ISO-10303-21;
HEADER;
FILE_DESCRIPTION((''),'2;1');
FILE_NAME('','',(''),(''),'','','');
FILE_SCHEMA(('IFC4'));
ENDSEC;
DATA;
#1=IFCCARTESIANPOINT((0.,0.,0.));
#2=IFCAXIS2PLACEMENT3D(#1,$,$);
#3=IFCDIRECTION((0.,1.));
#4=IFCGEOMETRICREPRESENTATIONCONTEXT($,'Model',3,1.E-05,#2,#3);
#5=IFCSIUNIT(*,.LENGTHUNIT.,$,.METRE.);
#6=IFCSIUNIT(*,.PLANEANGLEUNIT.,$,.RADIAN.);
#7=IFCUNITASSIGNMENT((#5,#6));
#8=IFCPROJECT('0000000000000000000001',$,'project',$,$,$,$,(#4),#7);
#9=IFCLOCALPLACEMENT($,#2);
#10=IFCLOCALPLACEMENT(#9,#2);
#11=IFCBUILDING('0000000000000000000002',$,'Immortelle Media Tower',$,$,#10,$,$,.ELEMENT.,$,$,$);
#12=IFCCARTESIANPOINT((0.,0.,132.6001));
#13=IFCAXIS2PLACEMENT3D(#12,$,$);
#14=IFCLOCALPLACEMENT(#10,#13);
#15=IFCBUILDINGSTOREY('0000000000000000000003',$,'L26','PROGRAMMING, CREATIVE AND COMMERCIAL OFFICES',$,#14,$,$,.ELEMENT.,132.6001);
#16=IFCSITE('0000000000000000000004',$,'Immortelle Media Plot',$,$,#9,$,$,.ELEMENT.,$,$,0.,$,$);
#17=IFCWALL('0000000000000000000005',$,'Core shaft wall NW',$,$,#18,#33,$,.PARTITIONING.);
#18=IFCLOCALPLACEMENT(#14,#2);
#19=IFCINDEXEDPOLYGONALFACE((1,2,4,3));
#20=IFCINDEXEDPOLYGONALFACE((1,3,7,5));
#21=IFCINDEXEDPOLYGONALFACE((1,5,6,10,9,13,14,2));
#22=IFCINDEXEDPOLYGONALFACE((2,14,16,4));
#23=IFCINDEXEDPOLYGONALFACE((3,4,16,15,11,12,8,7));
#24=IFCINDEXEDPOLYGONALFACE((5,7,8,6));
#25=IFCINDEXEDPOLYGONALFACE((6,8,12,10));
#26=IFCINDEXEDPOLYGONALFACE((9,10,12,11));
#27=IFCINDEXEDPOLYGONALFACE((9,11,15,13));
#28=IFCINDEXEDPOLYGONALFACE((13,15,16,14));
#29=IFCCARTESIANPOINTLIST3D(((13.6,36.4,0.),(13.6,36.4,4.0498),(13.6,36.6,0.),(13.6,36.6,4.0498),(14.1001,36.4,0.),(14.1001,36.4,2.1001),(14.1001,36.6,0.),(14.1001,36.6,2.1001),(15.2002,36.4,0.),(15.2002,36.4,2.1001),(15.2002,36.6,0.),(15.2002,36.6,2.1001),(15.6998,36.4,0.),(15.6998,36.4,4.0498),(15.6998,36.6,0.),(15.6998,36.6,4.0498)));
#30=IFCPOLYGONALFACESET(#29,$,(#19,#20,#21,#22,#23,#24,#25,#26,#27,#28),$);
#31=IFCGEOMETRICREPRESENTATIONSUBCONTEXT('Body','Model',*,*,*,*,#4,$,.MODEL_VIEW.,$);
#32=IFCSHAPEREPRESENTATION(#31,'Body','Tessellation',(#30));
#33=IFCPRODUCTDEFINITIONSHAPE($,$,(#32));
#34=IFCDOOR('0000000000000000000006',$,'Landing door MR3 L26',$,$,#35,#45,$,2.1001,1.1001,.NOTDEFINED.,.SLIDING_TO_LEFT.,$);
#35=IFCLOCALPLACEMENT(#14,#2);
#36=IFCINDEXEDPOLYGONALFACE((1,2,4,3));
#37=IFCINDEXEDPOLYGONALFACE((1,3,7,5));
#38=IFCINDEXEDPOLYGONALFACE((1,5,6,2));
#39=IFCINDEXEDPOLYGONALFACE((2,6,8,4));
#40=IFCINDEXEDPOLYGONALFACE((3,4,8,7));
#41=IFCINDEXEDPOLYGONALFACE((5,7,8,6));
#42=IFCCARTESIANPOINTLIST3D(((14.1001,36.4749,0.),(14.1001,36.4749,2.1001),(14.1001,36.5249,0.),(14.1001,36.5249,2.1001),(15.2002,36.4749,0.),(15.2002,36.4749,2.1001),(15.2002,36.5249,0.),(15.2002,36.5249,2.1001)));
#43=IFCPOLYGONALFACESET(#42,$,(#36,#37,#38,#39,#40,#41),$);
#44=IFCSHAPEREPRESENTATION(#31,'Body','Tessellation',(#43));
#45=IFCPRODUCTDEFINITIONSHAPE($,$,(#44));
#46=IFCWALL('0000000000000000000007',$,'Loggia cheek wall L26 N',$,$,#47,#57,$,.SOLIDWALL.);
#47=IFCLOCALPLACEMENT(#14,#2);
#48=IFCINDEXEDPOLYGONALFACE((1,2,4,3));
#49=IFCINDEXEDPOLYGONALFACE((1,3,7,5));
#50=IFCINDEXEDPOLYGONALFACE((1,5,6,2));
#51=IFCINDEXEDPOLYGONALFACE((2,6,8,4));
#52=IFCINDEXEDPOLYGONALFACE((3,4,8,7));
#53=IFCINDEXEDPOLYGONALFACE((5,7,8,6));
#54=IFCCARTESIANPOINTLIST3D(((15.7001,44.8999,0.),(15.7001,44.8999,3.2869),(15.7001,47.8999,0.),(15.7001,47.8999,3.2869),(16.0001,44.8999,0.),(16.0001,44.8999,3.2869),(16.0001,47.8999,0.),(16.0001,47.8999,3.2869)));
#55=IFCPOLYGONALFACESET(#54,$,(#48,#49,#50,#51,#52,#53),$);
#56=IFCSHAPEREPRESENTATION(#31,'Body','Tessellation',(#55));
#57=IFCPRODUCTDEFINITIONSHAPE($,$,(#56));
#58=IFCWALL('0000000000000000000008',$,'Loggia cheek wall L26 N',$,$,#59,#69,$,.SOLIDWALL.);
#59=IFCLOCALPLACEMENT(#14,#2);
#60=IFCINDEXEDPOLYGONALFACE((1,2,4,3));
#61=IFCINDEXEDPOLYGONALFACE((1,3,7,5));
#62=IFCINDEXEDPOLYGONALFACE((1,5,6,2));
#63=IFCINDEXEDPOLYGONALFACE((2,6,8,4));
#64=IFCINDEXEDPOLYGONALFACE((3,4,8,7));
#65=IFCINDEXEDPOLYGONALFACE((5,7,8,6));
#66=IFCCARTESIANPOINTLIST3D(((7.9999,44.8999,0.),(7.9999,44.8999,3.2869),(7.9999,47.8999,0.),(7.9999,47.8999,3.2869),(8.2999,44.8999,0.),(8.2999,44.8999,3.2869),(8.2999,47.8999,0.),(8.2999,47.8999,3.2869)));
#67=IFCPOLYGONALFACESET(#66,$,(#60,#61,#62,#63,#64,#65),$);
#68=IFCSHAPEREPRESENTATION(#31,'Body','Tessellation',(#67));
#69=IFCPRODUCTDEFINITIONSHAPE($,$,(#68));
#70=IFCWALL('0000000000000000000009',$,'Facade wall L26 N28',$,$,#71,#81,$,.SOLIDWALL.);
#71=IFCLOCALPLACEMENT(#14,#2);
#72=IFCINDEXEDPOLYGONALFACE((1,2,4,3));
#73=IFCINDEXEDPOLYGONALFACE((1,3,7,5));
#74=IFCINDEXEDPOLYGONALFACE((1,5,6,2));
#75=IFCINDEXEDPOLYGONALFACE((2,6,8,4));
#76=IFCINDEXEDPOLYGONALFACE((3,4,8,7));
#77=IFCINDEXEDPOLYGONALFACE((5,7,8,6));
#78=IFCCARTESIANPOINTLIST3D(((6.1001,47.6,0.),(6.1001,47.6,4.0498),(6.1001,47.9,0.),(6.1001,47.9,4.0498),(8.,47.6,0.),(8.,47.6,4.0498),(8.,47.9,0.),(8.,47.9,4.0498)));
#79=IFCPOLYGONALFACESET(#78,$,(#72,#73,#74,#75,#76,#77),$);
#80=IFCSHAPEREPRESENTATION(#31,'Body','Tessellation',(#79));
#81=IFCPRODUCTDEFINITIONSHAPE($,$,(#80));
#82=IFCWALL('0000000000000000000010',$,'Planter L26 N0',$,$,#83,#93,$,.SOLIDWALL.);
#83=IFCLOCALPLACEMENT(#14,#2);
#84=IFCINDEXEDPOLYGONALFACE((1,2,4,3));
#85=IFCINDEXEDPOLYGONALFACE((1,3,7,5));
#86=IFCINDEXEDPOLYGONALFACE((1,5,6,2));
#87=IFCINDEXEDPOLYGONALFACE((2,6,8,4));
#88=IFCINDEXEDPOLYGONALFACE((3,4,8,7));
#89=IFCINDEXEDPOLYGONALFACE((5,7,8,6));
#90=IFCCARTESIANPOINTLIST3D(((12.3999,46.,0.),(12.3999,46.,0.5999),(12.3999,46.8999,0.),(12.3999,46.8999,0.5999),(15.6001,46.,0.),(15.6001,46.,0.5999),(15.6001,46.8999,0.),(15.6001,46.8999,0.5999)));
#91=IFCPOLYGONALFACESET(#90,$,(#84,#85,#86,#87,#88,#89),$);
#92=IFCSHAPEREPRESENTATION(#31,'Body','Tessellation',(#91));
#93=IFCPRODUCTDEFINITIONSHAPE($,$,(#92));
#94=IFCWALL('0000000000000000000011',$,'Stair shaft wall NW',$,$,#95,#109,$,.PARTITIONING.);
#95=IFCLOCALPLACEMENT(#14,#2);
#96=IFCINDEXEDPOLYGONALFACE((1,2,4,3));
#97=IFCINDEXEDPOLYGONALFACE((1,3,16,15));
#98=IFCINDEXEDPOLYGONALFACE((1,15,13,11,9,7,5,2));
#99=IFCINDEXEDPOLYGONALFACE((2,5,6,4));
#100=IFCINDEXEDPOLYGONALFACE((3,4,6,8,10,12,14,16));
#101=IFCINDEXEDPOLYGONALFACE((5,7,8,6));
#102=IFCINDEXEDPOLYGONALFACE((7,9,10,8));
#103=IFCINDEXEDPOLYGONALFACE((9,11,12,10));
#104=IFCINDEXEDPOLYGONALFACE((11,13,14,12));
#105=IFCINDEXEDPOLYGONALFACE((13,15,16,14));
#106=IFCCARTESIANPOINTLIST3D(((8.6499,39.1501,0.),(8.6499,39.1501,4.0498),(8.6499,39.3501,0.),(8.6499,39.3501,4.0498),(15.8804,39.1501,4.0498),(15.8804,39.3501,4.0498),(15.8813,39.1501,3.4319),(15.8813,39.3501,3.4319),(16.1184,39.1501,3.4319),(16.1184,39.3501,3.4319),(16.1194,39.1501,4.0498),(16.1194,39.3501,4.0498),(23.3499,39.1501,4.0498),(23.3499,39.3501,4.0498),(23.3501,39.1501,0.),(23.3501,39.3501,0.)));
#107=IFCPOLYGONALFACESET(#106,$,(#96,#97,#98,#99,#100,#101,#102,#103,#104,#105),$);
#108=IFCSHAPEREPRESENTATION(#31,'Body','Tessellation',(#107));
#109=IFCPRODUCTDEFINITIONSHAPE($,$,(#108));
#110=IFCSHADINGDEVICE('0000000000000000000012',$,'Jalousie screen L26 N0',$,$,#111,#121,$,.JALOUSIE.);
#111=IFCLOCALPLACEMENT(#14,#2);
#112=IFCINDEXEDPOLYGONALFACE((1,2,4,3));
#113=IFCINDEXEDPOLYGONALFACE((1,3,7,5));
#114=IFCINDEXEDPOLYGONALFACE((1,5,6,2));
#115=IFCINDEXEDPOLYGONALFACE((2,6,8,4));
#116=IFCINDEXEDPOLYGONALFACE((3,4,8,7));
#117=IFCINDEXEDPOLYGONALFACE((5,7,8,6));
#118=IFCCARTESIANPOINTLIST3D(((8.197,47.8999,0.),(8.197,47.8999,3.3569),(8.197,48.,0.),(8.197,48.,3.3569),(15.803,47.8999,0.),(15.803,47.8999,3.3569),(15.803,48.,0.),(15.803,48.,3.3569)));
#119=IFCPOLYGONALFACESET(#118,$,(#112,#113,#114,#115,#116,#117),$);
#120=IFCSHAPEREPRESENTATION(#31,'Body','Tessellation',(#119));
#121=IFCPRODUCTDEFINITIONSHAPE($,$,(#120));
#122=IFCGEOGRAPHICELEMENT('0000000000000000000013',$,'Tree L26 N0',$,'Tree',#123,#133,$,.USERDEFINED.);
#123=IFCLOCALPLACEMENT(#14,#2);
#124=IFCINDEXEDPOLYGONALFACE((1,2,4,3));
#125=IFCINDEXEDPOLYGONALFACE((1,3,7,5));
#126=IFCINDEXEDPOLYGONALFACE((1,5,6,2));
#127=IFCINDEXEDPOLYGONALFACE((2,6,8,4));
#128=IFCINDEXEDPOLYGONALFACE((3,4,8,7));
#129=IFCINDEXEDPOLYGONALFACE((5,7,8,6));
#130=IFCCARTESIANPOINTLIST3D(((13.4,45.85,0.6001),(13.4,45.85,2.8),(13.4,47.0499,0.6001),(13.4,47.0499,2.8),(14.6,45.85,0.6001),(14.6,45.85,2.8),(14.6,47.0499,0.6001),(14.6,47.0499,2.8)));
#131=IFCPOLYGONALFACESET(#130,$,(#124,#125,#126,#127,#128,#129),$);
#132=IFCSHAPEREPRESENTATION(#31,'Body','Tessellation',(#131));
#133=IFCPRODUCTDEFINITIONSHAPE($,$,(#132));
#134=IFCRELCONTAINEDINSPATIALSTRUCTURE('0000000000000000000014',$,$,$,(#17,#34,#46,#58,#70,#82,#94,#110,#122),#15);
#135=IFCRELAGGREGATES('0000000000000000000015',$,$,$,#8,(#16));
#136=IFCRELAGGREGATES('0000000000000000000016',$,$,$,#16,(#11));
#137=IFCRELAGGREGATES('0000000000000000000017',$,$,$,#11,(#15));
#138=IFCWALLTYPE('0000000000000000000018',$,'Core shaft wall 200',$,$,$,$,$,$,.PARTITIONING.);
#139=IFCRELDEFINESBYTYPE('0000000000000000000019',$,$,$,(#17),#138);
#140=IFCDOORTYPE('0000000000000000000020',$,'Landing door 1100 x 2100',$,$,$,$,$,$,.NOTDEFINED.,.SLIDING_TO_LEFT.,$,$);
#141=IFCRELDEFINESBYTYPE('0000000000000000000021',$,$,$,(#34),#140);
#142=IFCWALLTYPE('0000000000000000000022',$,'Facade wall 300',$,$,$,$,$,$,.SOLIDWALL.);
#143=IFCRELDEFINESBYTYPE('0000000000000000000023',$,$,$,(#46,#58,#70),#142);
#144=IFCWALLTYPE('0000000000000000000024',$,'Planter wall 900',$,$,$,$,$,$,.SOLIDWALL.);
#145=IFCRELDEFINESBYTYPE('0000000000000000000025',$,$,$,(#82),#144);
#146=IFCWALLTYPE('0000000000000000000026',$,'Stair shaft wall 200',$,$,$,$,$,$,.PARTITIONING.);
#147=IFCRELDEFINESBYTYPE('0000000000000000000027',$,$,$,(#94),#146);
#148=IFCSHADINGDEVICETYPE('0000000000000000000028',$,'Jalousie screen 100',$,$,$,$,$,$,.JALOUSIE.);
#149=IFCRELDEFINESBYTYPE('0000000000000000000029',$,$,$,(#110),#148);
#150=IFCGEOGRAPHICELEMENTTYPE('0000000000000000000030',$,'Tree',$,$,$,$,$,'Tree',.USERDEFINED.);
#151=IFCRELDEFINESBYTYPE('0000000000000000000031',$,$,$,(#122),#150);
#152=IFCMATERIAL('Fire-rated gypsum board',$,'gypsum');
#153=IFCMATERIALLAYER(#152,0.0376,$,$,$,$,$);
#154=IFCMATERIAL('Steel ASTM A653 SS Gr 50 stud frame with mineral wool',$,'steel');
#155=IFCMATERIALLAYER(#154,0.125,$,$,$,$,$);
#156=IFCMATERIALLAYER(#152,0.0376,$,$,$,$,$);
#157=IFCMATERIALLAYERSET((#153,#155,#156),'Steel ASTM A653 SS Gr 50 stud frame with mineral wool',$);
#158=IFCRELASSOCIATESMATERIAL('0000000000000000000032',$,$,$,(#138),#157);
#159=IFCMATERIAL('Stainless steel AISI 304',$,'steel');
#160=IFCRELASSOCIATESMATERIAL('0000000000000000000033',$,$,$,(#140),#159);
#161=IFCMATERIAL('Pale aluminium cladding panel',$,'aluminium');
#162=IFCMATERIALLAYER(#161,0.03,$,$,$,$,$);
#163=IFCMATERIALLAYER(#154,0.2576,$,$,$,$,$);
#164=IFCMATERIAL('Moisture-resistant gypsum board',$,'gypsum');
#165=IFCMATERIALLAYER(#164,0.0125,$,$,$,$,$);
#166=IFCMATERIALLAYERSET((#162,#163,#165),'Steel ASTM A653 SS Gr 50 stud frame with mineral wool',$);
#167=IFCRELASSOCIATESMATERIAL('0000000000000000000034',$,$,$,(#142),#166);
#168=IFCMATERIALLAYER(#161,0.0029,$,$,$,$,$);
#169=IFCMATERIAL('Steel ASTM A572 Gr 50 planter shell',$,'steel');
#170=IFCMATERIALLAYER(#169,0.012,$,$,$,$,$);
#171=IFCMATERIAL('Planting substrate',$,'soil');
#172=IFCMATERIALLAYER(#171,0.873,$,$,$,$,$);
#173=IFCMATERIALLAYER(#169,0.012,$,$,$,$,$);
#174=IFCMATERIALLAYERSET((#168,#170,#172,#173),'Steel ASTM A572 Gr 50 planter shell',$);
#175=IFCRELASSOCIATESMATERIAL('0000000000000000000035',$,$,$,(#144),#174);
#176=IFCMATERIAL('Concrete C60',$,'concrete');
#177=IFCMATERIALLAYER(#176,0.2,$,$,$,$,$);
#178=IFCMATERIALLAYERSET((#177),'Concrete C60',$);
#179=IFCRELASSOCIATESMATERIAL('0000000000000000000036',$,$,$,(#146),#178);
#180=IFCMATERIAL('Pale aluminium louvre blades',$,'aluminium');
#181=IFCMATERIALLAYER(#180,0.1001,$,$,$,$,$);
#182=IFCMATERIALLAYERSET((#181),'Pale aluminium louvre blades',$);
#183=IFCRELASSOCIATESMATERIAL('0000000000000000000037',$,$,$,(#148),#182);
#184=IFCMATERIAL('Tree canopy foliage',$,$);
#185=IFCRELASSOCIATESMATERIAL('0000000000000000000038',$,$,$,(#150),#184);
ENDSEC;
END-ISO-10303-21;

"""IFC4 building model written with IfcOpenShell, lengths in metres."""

from ifc_helpers import new_model, si_unit, direction, frame, frame_2d, origin, origin_2d, place, context, subcontext, project, spatial, polyline, rectangle, outline, extrude, material, layer, layer_set, type_object, element, fill, save


model = new_model("IFC4")

# Units and contexts
model_context = context("Model", 3, precision=1e-05, world=origin(), true_north=direction((0.0, 1.0)))
body_context = subcontext(model_context, "Body", "Model", "MODEL_VIEW")
ifc_project = project(units=[si_unit("LENGTHUNIT", "METRE"), si_unit("PLANEANGLEUNIT", "RADIAN")], contexts=[model_context])

# Site, building, storey
site_placement = place(None, origin())
site = spatial("IfcSite", under=ifc_project, at=site_placement, Name="Immortelle Media Plot", CompositionType="ELEMENT", RefElevation=0.0)
building_placement = place(site_placement, origin())
building = spatial("IfcBuilding", under=site, at=building_placement, Name="Immortelle Media Tower", CompositionType="ELEMENT")
storey_placement = place(building_placement, frame((0.0, 0.0, 132.6001)))
storey = spatial("IfcBuildingStorey", under=building, at=storey_placement, Name="L26", Description="PROGRAMMING, CREATIVE AND COMMERCIAL OFFICES", CompositionType="ELEMENT", Elevation=132.6001)

# Shared definitions
ifc_material_1 = material(Name="Fire-rated gypsum board", Category="gypsum")
ifc_material_2 = material(Name="Steel ASTM A653 SS Gr 50 stud frame with mineral wool", Category="steel")

# Shared definitions
ifc_layer_1 = layer(ifc_material_1, 0.0376)
ifc_layer_2 = layer(ifc_material_2, 0.125)
ifc_layer_3 = layer(ifc_material_1, 0.0376)
ifc_layer_set_1 = layer_set([ifc_layer_1, ifc_layer_2, ifc_layer_3], Name="Steel ASTM A653 SS Gr 50 stud frame with mineral wool")
wall_type_1 = type_object("IfcWallType", Name="Core shaft wall 200", PredefinedType="PARTITIONING", material=ifc_layer_set_1)
ifc_material_3 = material(Name="Stainless steel AISI 304", Category="steel")
door_type_1 = type_object("IfcDoorType", Name="Landing door 1100 x 2100", OperationType="SLIDING_TO_LEFT", PredefinedType="NOTDEFINED", material=ifc_material_3)

# Wall, opening, door
wall_1_placement = place(storey_placement, frame((13.6001, 36.5, 0.0), z_axis=(0.0, 0.0, 1.0), x_axis=(1.0, 0.0, 0.0)))
wall_1 = element("IfcWall", 1, at=wall_1_placement, inside=storey, type_object=wall_type_1, Name="Core shaft wall NW", PredefinedType="PARTITIONING", context=body_context, shape_type="SweptSolid", body=[
    extrude(rectangle(XDim=2.0999, YDim=0.2, at=frame_2d((1.0498, 0.0))), origin(), (0.0, 0.0, 1.0), 4.0498),
])
opening_1_placement = place(wall_1_placement, frame((0.5, 0.0, 0.0)))
opening_1 = element("IfcOpeningElement", 2, at=opening_1_placement, cuts=wall_1, PredefinedType="OPENING", context=body_context, shape_type="SweptSolid", body=[
    extrude(rectangle(XDim=1.1001, YDim=2.1001, at=frame_2d((0.55, 1.05))), frame((0.0, 0.1099, 0.0), z_axis=(0.0, -1.0, 0.0), x_axis=(1.0, 0.0, 0.0)), (0.0, 0.0, 1.0), 0.22),
])
door_1_placement = place(opening_1_placement, origin())
door_1 = element("IfcDoor", 3, at=door_1_placement, inside=storey, type_object=door_type_1, Name="Landing door MR3 L26", OperationType="SLIDING_TO_LEFT", OverallHeight=2.1001, OverallWidth=1.1001, PredefinedType="NOTDEFINED", context=body_context, shape_type="SweptSolid", body=[
    extrude(rectangle(XDim=1.1001, YDim=2.1001, at=frame_2d((0.55, 1.05))), frame((0.0, 0.0249, 0.0), z_axis=(0.0, -1.0, 0.0), x_axis=(1.0, 0.0, 0.0)), (0.0, 0.0, 1.0), 0.05),
])
fill(opening_1, door_1)

# Shared definitions
ifc_material_4 = material(Name="Pale aluminium cladding panel", Category="aluminium")
ifc_layer_4 = layer(ifc_material_4, 0.03)
ifc_layer_5 = layer(ifc_material_2, 0.2576)
ifc_material_5 = material(Name="Moisture-resistant gypsum board", Category="gypsum")
ifc_layer_6 = layer(ifc_material_5, 0.0125)
ifc_layer_set_2 = layer_set([ifc_layer_4, ifc_layer_5, ifc_layer_6], Name="Steel ASTM A653 SS Gr 50 stud frame with mineral wool")
wall_type_2 = type_object("IfcWallType", Name="Facade wall 300", PredefinedType="SOLIDWALL", material=ifc_layer_set_2)

# Walls
for number, where, z_axis, x_axis, name in (
    (4, (15.8501, 47.8999, 0.0), (0.0, 0.0, 1.0), (0.0, -1.0, 0.0), "Loggia cheek wall L26 N"),
    (5, (8.1499, 47.8999, 0.0), (0.0, 0.0, 1.0), (0.0, -1.0, 0.0), "Loggia cheek wall L26 N"),
):
    element("IfcWall", number, at=place(storey_placement, frame(where, z_axis=z_axis, x_axis=x_axis)), inside=storey, type_object=wall_type_2, Name=name, PredefinedType="SOLIDWALL", context=body_context, shape_type="SweptSolid", body=[
        extrude(rectangle(XDim=3.0, YDim=0.3, at=frame_2d((1.5, 0.0))), origin(), (0.0, 0.0, 1.0), 3.2869),
    ])
wall_2_placement = place(storey_placement, frame((8.0, 47.75, 0.0), z_axis=(0.0, 0.0, 1.0), x_axis=(-1.0, 0.0, 0.0)))
element("IfcWall", 6, at=wall_2_placement, inside=storey, type_object=wall_type_2, Name="Facade wall L26 N28", PredefinedType="SOLIDWALL", context=body_context, shape_type="SweptSolid", body=[
    extrude(rectangle(XDim=1.8999, YDim=0.3, at=frame_2d((0.95, 0.0))), origin(), (0.0, 0.0, 1.0), 4.0498),
])
ifc_layer_7 = layer(ifc_material_4, 0.0029)
ifc_material_6 = material(Name="Steel ASTM A572 Gr 50 planter shell", Category="steel")
ifc_layer_8 = layer(ifc_material_6, 0.012)
ifc_material_7 = material(Name="Planting substrate", Category="soil")
ifc_layer_9 = layer(ifc_material_7, 0.873)
ifc_layer_10 = layer(ifc_material_6, 0.012)
ifc_layer_set_3 = layer_set([ifc_layer_7, ifc_layer_8, ifc_layer_9, ifc_layer_10], Name="Steel ASTM A572 Gr 50 planter shell")
wall_type_3 = type_object("IfcWallType", Name="Planter wall 900", PredefinedType="SOLIDWALL", material=ifc_layer_set_3)
wall_3_placement = place(storey_placement, frame((15.6001, 46.45, 0.0), z_axis=(0.0, 0.0, 1.0), x_axis=(-1.0, 0.0, 0.0)))
element("IfcWall", 7, at=wall_3_placement, inside=storey, type_object=wall_type_3, Name="Planter L26 N0", PredefinedType="SOLIDWALL", context=body_context, shape_type="SweptSolid", body=[
    extrude(rectangle(XDim=3.2002, YDim=0.8999, at=frame_2d((1.6001, 0.0))), origin(), (0.0, 0.0, 1.0), 0.5999),
])
ifc_material_8 = material(Name="Concrete C60", Category="concrete")
ifc_layer_11 = layer(ifc_material_8, 0.2)
ifc_layer_set_4 = layer_set([ifc_layer_11], Name="Concrete C60")
wall_type_4 = type_object("IfcWallType", Name="Stair shaft wall 200", PredefinedType="PARTITIONING", material=ifc_layer_set_4)
wall_4_placement = place(storey_placement, frame((8.6499, 39.25, 0.0), z_axis=(0.0, 0.0, 1.0), x_axis=(1.0, 0.0, 0.0)))
element("IfcWall", 8, at=wall_4_placement, inside=storey, type_object=wall_type_4, Name="Stair shaft wall NW", PredefinedType="PARTITIONING", context=body_context, shape_type="SweptSolid", body=[
    extrude(outline(polyline([(0.0, 0.0), (14.7002, 0.0), (14.7, 4.0498), (7.4695, 4.0498), (7.4685, 3.4319), (7.2314, 3.4319), (7.2305, 4.0498), (0.0, 4.0498), (0.0, 0.0)])), frame((0.0, 0.1001, 0.0), z_axis=(0.0, -1.0, 0.0), x_axis=(1.0, 0.0, 0.0)), (0.0, 0.0, 1.0), 0.2),
])

# Shading device
ifc_material_9 = material(Name="Pale aluminium louvre blades", Category="aluminium")
ifc_layer_12 = layer(ifc_material_9, 0.1001)
ifc_layer_set_5 = layer_set([ifc_layer_12], Name="Pale aluminium louvre blades")
shading_device_type = type_object("IfcShadingDeviceType", Name="Jalousie screen 100", PredefinedType="JALOUSIE", material=ifc_layer_set_5)
shading_device_placement = place(storey_placement, frame((12.0, 47.95, 0.0), z_axis=(0.0, 0.0, 1.0), x_axis=(-1.0, 0.0, 0.0)))
element("IfcShadingDevice", 9, at=shading_device_placement, inside=storey, type_object=shading_device_type, Name="Jalousie screen L26 N0", PredefinedType="JALOUSIE", context=body_context, shape_type="SweptSolid", body=[
    extrude(rectangle(XDim=7.606, YDim=0.1001, at=origin_2d()), origin(), (0.0, 0.0, 1.0), 3.3569),
])

# Geographic element
ifc_material_10 = material(Name="Tree canopy foliage")
geographic_element_type = type_object("IfcGeographicElementType", Name="Tree", ElementType="Tree", PredefinedType="USERDEFINED", material=ifc_material_10)
geographic_element_placement = place(storey_placement, frame((14.0, 46.45, 0.6001), z_axis=(0.0, 0.0, 1.0), x_axis=(1.0, 0.0, 0.0)))
element("IfcGeographicElement", 10, at=geographic_element_placement, inside=storey, type_object=geographic_element_type, Name="Tree L26 N0", ObjectType="Tree", PredefinedType="USERDEFINED", context=body_context, shape_type="SweptSolid", body=[
    extrude(rectangle(XDim=1.2, YDim=1.2, at=origin_2d()), origin(), (0.0, 0.0, 1.0), 2.2),
])

save(model, "model.ifc")
